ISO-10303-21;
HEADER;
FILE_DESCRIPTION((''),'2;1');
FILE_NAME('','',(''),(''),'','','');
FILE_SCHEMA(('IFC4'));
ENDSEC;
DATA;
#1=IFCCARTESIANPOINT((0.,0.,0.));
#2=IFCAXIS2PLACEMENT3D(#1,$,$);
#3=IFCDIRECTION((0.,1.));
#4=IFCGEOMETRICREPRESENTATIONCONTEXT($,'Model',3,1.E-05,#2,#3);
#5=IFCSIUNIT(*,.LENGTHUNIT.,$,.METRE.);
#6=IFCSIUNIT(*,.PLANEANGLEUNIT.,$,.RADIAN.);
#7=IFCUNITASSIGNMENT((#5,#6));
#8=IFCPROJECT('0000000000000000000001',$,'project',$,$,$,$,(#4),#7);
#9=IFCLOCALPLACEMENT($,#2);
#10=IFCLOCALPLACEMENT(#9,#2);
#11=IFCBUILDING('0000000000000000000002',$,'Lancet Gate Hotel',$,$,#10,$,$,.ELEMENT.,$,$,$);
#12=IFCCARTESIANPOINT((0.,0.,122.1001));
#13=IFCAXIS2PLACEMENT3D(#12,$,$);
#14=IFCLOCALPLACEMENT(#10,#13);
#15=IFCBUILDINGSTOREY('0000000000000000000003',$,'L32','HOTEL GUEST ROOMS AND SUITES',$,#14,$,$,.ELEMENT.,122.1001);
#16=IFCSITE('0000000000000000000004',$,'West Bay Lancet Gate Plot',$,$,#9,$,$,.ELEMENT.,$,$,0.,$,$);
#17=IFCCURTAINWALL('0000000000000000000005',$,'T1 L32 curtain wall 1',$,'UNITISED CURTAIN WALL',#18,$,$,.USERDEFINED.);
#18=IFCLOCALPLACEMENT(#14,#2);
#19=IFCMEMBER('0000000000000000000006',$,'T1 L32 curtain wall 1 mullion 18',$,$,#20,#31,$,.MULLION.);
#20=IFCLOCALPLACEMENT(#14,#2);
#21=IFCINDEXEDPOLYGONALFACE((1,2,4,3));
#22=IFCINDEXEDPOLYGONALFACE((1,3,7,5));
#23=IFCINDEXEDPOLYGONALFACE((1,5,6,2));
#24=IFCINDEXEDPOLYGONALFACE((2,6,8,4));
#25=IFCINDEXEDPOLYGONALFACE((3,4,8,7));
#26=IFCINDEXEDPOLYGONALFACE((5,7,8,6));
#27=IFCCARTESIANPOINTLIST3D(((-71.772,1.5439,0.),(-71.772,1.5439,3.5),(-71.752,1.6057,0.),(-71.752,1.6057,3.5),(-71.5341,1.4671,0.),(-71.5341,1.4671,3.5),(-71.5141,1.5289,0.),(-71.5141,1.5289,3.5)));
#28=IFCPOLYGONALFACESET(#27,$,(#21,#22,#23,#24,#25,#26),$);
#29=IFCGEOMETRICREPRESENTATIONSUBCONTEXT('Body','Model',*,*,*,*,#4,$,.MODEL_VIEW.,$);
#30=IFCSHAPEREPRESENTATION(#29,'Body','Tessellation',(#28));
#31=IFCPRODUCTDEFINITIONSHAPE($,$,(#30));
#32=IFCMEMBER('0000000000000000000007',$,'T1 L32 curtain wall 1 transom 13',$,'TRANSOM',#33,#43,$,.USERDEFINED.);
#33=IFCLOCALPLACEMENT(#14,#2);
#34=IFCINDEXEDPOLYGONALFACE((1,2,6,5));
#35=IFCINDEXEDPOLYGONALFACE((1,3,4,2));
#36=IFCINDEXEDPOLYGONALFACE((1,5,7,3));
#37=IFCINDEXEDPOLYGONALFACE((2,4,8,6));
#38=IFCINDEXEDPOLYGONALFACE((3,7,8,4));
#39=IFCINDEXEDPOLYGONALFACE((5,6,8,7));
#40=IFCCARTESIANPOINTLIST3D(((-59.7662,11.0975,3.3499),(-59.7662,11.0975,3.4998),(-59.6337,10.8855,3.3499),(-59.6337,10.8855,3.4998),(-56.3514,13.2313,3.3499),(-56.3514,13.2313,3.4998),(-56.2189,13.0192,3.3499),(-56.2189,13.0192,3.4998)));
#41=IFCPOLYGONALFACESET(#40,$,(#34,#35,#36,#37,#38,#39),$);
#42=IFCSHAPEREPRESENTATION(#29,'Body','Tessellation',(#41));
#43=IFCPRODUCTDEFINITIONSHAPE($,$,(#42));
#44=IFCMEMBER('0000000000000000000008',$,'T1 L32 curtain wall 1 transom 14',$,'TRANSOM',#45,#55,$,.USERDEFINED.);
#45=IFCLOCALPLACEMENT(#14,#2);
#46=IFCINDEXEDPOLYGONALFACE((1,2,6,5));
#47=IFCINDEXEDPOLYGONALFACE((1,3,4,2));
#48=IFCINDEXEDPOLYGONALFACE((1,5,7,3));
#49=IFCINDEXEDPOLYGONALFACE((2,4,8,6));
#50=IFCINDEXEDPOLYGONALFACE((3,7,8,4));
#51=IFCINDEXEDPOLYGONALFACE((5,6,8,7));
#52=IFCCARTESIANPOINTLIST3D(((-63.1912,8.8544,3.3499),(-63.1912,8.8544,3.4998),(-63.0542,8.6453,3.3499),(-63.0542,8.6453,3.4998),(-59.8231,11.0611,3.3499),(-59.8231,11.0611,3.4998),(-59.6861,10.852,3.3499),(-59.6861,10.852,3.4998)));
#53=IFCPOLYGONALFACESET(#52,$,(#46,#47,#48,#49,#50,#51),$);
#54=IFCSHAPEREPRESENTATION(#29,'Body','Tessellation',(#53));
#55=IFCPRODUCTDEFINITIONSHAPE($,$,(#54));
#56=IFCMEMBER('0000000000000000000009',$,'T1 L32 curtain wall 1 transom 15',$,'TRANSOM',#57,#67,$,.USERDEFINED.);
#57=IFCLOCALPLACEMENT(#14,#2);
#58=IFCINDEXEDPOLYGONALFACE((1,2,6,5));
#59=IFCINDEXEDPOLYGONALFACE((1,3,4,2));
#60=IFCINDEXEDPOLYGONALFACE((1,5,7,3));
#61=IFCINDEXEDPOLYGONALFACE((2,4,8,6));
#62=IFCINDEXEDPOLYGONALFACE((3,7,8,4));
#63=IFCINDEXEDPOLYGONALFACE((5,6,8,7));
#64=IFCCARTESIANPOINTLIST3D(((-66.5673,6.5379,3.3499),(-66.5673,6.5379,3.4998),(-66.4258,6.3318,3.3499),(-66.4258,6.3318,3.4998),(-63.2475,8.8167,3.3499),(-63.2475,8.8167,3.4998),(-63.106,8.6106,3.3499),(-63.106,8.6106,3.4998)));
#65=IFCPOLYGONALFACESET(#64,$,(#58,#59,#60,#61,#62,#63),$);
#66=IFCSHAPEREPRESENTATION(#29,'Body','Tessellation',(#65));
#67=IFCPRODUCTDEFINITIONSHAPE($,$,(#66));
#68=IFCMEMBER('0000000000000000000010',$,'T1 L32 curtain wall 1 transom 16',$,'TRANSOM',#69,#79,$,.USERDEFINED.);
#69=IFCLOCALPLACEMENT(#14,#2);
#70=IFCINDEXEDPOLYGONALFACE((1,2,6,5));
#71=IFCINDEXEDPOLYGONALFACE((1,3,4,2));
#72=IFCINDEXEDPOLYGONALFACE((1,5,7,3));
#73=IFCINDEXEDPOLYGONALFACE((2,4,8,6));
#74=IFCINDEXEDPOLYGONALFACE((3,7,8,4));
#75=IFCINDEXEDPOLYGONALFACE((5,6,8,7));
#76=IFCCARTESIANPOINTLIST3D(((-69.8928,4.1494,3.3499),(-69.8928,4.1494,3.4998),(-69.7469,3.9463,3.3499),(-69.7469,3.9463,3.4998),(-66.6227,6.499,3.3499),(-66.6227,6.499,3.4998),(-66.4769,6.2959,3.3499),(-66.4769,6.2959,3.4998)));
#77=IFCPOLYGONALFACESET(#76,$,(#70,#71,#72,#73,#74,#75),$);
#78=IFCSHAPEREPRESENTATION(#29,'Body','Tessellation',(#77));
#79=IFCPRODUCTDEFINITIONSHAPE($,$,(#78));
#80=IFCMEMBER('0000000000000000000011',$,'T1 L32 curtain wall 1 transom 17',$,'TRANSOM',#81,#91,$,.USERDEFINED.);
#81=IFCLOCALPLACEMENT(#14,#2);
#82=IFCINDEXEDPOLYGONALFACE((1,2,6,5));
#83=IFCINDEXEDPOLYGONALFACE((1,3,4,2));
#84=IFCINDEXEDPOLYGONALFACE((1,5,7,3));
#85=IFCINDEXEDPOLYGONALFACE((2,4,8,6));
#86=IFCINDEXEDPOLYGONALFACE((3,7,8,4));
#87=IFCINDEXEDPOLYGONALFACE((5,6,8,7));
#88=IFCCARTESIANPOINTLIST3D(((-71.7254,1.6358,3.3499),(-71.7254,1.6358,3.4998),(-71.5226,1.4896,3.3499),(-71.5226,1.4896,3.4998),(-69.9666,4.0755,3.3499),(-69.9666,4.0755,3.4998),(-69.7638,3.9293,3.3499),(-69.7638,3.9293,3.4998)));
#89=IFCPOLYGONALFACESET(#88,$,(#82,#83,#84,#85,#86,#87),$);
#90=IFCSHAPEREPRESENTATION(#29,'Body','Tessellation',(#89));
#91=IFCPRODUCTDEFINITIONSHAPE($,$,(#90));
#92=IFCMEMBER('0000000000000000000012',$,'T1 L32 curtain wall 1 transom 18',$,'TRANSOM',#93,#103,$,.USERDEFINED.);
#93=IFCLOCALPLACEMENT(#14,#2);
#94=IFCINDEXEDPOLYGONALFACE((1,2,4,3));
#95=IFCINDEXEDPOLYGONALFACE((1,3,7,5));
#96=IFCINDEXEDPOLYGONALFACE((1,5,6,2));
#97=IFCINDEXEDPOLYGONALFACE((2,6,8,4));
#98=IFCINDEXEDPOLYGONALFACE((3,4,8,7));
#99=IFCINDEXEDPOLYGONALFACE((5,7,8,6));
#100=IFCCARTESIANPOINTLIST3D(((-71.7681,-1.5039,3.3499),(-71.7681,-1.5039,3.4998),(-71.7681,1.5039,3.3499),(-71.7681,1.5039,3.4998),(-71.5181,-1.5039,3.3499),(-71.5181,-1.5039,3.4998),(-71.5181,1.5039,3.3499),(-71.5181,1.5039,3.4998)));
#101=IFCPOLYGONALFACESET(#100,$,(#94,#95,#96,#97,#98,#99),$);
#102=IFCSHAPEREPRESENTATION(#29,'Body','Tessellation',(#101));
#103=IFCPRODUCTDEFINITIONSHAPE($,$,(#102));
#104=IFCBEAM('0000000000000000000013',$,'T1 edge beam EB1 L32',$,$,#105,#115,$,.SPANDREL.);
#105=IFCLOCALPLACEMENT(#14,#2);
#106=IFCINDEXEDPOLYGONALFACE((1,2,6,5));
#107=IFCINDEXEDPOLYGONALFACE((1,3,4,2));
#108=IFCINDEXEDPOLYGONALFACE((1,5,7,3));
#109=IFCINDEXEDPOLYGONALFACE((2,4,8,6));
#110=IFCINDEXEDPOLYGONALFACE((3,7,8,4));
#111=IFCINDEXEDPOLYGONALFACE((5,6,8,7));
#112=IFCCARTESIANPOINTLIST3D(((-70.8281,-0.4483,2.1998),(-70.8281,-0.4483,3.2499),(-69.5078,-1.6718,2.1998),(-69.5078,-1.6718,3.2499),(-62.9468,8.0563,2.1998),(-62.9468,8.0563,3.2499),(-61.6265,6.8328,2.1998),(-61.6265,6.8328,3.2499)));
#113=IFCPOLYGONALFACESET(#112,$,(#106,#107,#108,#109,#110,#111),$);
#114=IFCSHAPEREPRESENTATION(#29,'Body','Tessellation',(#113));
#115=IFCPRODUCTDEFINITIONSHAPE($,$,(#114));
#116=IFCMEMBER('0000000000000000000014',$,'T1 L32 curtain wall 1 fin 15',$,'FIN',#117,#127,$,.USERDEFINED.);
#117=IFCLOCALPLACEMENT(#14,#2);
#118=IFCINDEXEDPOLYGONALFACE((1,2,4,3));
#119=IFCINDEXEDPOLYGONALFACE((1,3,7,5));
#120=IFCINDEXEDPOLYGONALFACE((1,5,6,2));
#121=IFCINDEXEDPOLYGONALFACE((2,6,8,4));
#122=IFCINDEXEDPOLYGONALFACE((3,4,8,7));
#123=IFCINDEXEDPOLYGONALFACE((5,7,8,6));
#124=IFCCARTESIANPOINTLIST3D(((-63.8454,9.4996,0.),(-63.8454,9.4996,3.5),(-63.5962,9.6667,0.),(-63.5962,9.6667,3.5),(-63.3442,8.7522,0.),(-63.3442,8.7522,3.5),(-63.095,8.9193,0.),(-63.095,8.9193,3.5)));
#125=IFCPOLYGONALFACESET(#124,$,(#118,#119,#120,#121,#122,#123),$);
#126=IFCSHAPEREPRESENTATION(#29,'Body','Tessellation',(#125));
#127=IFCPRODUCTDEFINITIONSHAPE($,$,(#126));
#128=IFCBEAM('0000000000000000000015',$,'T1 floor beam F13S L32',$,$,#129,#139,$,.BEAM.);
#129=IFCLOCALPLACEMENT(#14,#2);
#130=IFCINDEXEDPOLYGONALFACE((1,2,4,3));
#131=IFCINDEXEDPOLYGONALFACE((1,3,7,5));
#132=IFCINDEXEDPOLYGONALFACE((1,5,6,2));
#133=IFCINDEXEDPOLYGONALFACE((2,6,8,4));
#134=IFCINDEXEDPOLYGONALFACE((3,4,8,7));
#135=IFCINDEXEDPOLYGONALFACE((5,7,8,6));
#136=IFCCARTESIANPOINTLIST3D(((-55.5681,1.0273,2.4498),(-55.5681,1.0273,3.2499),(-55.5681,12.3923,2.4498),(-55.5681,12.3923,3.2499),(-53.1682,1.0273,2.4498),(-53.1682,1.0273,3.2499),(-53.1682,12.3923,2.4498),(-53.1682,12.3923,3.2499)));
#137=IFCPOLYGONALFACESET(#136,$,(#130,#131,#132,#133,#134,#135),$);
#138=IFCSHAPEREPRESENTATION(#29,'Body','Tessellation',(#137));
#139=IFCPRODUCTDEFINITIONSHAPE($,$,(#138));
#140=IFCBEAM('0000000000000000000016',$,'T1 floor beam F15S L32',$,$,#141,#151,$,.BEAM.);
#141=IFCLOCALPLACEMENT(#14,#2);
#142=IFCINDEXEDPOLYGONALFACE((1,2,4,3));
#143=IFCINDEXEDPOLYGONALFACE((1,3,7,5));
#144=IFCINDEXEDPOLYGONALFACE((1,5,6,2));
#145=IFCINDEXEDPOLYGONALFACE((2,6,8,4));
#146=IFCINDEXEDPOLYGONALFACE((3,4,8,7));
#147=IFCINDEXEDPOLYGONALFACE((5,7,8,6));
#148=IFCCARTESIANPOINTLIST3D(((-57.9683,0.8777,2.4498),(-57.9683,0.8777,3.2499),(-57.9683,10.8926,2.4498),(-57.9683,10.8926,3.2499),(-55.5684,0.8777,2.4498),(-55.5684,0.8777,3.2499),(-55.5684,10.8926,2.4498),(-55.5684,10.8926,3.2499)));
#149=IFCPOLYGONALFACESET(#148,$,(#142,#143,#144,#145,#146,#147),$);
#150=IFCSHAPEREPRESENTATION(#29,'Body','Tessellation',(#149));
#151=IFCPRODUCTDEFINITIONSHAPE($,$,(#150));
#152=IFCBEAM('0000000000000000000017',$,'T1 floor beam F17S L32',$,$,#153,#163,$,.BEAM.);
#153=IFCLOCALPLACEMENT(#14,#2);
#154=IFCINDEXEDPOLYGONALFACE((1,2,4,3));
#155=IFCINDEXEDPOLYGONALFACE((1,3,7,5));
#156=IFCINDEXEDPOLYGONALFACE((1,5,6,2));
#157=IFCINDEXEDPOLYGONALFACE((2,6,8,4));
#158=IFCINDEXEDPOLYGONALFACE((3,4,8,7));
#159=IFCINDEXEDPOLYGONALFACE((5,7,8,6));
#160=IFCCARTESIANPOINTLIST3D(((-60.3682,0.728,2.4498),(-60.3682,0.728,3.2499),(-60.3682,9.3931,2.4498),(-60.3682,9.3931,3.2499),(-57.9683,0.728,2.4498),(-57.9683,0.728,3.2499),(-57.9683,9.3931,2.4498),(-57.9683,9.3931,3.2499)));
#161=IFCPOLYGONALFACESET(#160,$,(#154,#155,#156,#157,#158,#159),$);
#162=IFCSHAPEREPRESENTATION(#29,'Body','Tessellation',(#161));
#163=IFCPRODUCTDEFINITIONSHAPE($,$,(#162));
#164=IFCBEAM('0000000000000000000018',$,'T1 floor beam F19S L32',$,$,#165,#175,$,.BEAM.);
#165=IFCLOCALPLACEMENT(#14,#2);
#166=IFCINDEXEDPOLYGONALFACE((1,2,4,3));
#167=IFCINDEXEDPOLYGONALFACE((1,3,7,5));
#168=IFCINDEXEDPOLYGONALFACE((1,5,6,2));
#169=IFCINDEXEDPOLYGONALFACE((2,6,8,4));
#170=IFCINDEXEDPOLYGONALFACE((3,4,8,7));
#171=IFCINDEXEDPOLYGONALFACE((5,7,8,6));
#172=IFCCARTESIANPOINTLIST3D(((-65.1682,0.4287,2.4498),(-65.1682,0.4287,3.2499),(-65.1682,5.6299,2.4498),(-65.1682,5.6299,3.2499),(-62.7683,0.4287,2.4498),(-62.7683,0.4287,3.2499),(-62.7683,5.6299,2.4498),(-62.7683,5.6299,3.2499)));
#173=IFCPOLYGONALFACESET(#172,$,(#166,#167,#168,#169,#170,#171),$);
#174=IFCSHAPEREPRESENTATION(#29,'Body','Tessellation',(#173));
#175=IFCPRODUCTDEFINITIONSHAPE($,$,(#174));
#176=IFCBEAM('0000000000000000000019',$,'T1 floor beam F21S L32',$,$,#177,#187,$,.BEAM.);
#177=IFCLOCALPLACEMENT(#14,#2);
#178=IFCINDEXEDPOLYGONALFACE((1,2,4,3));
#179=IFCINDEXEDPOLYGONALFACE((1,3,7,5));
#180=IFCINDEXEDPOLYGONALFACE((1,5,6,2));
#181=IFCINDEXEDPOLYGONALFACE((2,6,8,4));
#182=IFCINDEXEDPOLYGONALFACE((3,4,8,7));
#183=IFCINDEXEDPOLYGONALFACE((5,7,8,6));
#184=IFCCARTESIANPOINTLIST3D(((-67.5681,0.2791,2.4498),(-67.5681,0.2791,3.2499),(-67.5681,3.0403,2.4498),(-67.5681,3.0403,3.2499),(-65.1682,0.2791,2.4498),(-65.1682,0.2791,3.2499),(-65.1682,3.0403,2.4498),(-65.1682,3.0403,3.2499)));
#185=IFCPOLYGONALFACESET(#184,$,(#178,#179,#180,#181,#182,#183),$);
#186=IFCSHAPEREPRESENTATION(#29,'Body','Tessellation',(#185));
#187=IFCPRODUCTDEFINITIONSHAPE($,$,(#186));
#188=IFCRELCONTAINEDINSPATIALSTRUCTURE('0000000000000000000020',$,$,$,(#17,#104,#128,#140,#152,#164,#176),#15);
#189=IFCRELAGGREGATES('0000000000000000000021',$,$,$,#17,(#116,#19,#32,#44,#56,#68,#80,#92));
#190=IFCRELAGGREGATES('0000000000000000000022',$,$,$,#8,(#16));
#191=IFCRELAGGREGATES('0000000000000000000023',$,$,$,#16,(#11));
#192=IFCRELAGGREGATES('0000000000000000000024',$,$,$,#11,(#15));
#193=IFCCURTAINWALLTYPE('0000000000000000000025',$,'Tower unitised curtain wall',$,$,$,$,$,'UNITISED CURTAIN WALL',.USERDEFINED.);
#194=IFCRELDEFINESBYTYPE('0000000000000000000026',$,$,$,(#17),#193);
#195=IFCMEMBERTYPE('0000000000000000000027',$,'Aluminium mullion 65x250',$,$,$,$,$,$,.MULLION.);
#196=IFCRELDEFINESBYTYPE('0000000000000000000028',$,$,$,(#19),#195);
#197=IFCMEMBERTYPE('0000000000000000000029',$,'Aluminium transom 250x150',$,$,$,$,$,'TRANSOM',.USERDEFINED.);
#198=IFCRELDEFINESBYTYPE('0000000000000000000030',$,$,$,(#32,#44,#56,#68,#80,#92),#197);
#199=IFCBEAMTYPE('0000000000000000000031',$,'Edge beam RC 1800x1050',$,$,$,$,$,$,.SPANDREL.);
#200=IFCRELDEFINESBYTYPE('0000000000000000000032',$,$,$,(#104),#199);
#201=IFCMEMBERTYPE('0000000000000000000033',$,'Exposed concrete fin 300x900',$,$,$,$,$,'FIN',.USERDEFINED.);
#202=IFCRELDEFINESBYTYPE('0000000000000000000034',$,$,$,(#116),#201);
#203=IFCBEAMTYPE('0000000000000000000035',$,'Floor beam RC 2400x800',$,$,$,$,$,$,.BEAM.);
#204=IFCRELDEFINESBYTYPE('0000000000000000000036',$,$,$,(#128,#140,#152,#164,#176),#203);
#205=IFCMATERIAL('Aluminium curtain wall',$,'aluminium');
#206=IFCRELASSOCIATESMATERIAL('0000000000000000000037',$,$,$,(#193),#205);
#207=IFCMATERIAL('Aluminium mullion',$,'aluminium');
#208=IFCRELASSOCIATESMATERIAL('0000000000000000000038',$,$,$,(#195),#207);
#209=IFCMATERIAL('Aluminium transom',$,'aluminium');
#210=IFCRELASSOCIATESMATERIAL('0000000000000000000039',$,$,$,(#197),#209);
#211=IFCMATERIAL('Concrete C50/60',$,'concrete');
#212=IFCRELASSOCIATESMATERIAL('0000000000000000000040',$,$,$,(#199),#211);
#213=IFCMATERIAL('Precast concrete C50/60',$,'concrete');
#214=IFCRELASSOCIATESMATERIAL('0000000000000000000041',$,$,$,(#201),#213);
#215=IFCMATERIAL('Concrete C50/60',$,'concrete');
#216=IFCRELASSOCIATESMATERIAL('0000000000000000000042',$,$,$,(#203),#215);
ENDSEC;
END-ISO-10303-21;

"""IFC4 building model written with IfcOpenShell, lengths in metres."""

from ifc_helpers import new_model, si_unit, direction, frame, origin, origin_2d, place, context, subcontext, project, spatial, rectangle, extrude, material, material_profile, profile_set, type_object, element, aggregate, save


model = new_model("IFC4")

# Units and contexts
model_context = context("Model", 3, precision=1e-05, world=origin(), true_north=direction((0.0, 1.0)))
body_context = subcontext(model_context, "Body", "Model", "MODEL_VIEW")
ifc_project = project(units=[si_unit("LENGTHUNIT", "METRE"), si_unit("PLANEANGLEUNIT", "RADIAN")], contexts=[model_context])

# Site, building, storey
site_placement = place(None, origin())
site = spatial("IfcSite", under=ifc_project, at=site_placement, Name="West Bay Lancet Gate Plot", CompositionType="ELEMENT", RefElevation=0.0)
building_placement = place(site_placement, origin())
building = spatial("IfcBuilding", under=site, at=building_placement, Name="Lancet Gate Hotel", CompositionType="ELEMENT")
storey_placement = place(building_placement, frame((0.0, 0.0, 122.1001)))
storey = spatial("IfcBuildingStorey", under=building, at=storey_placement, Name="L32", Description="HOTEL GUEST ROOMS AND SUITES", CompositionType="ELEMENT", Elevation=122.1001)

# Curtain wall, members
ifc_material_1 = material(Name="Aluminium curtain wall", Category="aluminium")
curtain_wall_type = type_object("IfcCurtainWallType", Name="Tower unitised curtain wall", ElementType="UNITISED CURTAIN WALL", PredefinedType="USERDEFINED", material=ifc_material_1)
curtain_wall_placement = place(storey_placement, origin())
curtain_wall = element("IfcCurtainWall", 1, at=curtain_wall_placement, inside=storey, type_object=curtain_wall_type, Name="T1 L32 curtain wall 1", ObjectType="UNITISED CURTAIN WALL", PredefinedType="USERDEFINED")
ifc_material_2 = material(Name="Aluminium mullion", Category="aluminium")
ifc_material_profile_1 = material_profile(ifc_material_2, rectangle(XDim=0.0649, YDim=0.25, at=origin_2d()), Name="MULLION 65x250")
ifc_profile_set_1 = profile_set([ifc_material_profile_1], Name="Aluminium mullion")
member_type_1 = type_object("IfcMemberType", Name="Aluminium mullion 65x250", PredefinedType="MULLION", material=ifc_profile_set_1)
member_1_placement = place(storey_placement, frame((-71.6431, 1.5364, 0.0), z_axis=(0.0, 0.0, 1.0), x_axis=(-0.307269, -0.951623, 0.0)))
member_1 = element("IfcMember", 2, at=member_1_placement, type_object=member_type_1, Name="T1 L32 curtain wall 1 mullion 18", PredefinedType="MULLION", context=body_context, shape_type="SweptSolid", body=[
    extrude(rectangle(XDim=0.0649, YDim=0.25, at=origin_2d()), origin(), (0.0, 0.0, 1.0), 3.5),
])
ifc_material_3 = material(Name="Aluminium transom", Category="aluminium")
ifc_material_profile_2 = material_profile(ifc_material_3, rectangle(XDim=0.25, YDim=0.1499, at=origin_2d()), Name="TRANSOM 250x150")
ifc_profile_set_2 = profile_set([ifc_material_profile_2], Name="Aluminium transom")
member_type_2 = type_object("IfcMemberType", Name="Aluminium transom 250x150", ElementType="TRANSOM", PredefinedType="USERDEFINED", material=ifc_profile_set_2)
member_2_placement = place(storey_placement, frame((-56.2852, 13.1252, 3.4248), z_axis=(-0.848049, -0.529917, 0.0), x_axis=(0.529917, -0.848049, 0.0)))
member_2 = element("IfcMember", 3, at=member_2_placement, type_object=member_type_2, Name="T1 L32 curtain wall 1 transom 13", ObjectType="TRANSOM", PredefinedType="USERDEFINED", context=body_context, shape_type="SweptSolid", body=[
    extrude(rectangle(XDim=0.25, YDim=0.1499, at=origin_2d()), origin(), (0.0, 0.0, 1.0), 4.0266),
])
member_3_placement = place(storey_placement, frame((-59.7546, 10.9565, 3.4248), z_axis=(-0.836454, -0.548036, 0.0), x_axis=(0.548036, -0.836454, 0.0)))
member_3 = element("IfcMember", 4, at=member_3_placement, type_object=member_type_2, Name="T1 L32 curtain wall 1 transom 14", ObjectType="TRANSOM", PredefinedType="USERDEFINED", context=body_context, shape_type="SweptSolid", body=[
    extrude(rectangle(XDim=0.25, YDim=0.1499, at=origin_2d()), origin(), (0.0, 0.0, 1.0), 4.0266),
])
member_4_placement = place(storey_placement, frame((-63.1768, 8.7136, 3.4248), z_axis=(-0.824456, -0.565927, 0.0), x_axis=(0.565927, -0.824456, 0.0)))
member_4 = element("IfcMember", 5, at=member_4_placement, type_object=member_type_2, Name="T1 L32 curtain wall 1 transom 15", ObjectType="TRANSOM", PredefinedType="USERDEFINED", context=body_context, shape_type="SweptSolid", body=[
    extrude(rectangle(XDim=0.25, YDim=0.1499, at=origin_2d()), origin(), (0.0, 0.0, 1.0), 4.0266),
])
member_5_placement = place(storey_placement, frame((-66.5498, 6.3975, 3.4248), z_axis=(-0.8121, -0.583519, 0.0), x_axis=(0.583519, -0.8121, 0.0)))
member_5 = element("IfcMember", 6, at=member_5_placement, type_object=member_type_2, Name="T1 L32 curtain wall 1 transom 16", ObjectType="TRANSOM", PredefinedType="USERDEFINED", context=body_context, shape_type="SweptSolid", body=[
    extrude(rectangle(XDim=0.25, YDim=0.1499, at=origin_2d()), origin(), (0.0, 0.0, 1.0), 4.0266),
])
member_6_placement = place(storey_placement, frame((-69.8652, 4.0024, 3.4248), z_axis=(-0.584788, -0.811186, 0.0), x_axis=(0.811186, -0.584788, 0.0)))
member_6 = element("IfcMember", 7, at=member_6_placement, type_object=member_type_2, Name="T1 L32 curtain wall 1 transom 17", ObjectType="TRANSOM", PredefinedType="USERDEFINED", context=body_context, shape_type="SweptSolid", body=[
    extrude(rectangle(XDim=0.25, YDim=0.1499, at=origin_2d()), origin(), (0.0, 0.0, 1.0), 3.0076),
])
member_7_placement = place(storey_placement, frame((-71.6431, 1.5039, 3.4248), z_axis=(0.0, -1.0, 0.0), x_axis=(1.0, 0.0, 0.0)))
member_7 = element("IfcMember", 8, at=member_7_placement, type_object=member_type_2, Name="T1 L32 curtain wall 1 transom 18", ObjectType="TRANSOM", PredefinedType="USERDEFINED", context=body_context, shape_type="SweptSolid", body=[
    extrude(rectangle(XDim=0.25, YDim=0.1499, at=origin_2d()), origin(), (0.0, 0.0, 1.0), 3.0078),
])

# Beam
ifc_material_4 = material(Name="Concrete C50/60", Category="concrete")
ifc_material_profile_3 = material_profile(ifc_material_4, rectangle(XDim=1.8, YDim=1.05, at=origin_2d()), Name="RC 1800x1050")
ifc_profile_set_3 = profile_set([ifc_material_profile_3], Name="Concrete C50/60")
beam_type_1 = type_object("IfcBeamType", Name="Edge beam RC 1800x1050", PredefinedType="SPANDREL", material=ifc_profile_set_3)
beam_1_placement = place(storey_placement, frame((-62.2866, 7.4446, 2.7249), z_axis=(-0.679718, -0.733473, 0.0), x_axis=(0.733473, -0.679718, 0.0)))
element("IfcBeam", 9, at=beam_1_placement, inside=storey, type_object=beam_type_1, Name="T1 edge beam EB1 L32", PredefinedType="SPANDREL", context=body_context, shape_type="SweptSolid", body=[
    extrude(rectangle(XDim=1.8, YDim=1.05, at=origin_2d()), origin(), (0.0, 0.0, 1.0), 11.595),
])

# Member
ifc_material_5 = material(Name="Precast concrete C50/60", Category="concrete")
ifc_material_profile_4 = material_profile(ifc_material_5, rectangle(XDim=0.3, YDim=0.8999, at=origin_2d()), Name="FIN 300x900")
ifc_profile_set_4 = profile_set([ifc_material_profile_4], Name="Precast concrete C50/60")
member_type_3 = type_object("IfcMemberType", Name="Exposed concrete fin 300x900", ElementType="FIN", PredefinedType="USERDEFINED", material=ifc_profile_set_4)
member_8_placement = place(storey_placement, frame((-63.4702, 9.2095, 0.0), z_axis=(0.0, 0.0, 1.0), x_axis=(-0.83051, -0.557004, 0.0)))
member_8 = element("IfcMember", 10, at=member_8_placement, type_object=member_type_3, Name="T1 L32 curtain wall 1 fin 15", ObjectType="FIN", PredefinedType="USERDEFINED", context=body_context, shape_type="SweptSolid", body=[
    extrude(rectangle(XDim=0.3, YDim=0.8999, at=origin_2d()), origin(), (0.0, 0.0, 1.0), 3.5),
])

# Beams
ifc_material_6 = material(Name="Concrete C50/60", Category="concrete")
ifc_material_profile_5 = material_profile(ifc_material_6, rectangle(XDim=2.3999, YDim=0.8, at=origin_2d()), Name="RC 2400x800")
ifc_profile_set_5 = profile_set([ifc_material_profile_5], Name="Concrete C50/60")
beam_type_2 = type_object("IfcBeamType", Name="Floor beam RC 2400x800", PredefinedType="BEAM", material=ifc_profile_set_5)
beam_2_placement = place(storey_placement, frame((-54.3682, 12.3923, 2.8499), z_axis=(0.0, -1.0, 0.0), x_axis=(1.0, 0.0, 0.0)))
element("IfcBeam", 11, at=beam_2_placement, inside=storey, type_object=beam_type_2, Name="T1 floor beam F13S L32", PredefinedType="BEAM", context=body_context, shape_type="SweptSolid", body=[
    extrude(rectangle(XDim=2.3999, YDim=0.8, at=origin_2d()), origin(), (0.0, 0.0, 1.0), 11.365),
])
beam_3_placement = place(storey_placement, frame((-56.7683, 10.8926, 2.8499), z_axis=(0.0, -1.0, 0.0), x_axis=(1.0, 0.0, 0.0)))
element("IfcBeam", 12, at=beam_3_placement, inside=storey, type_object=beam_type_2, Name="T1 floor beam F15S L32", PredefinedType="BEAM", context=body_context, shape_type="SweptSolid", body=[
    extrude(rectangle(XDim=2.3999, YDim=0.8, at=origin_2d()), origin(), (0.0, 0.0, 1.0), 10.0149),
])
beam_4_placement = place(storey_placement, frame((-59.1682, 9.3931, 2.8499), z_axis=(0.0, -1.0, 0.0), x_axis=(1.0, 0.0, 0.0)))
element("IfcBeam", 13, at=beam_4_placement, inside=storey, type_object=beam_type_2, Name="T1 floor beam F17S L32", PredefinedType="BEAM", context=body_context, shape_type="SweptSolid", body=[
    extrude(rectangle(XDim=2.3999, YDim=0.8, at=origin_2d()), origin(), (0.0, 0.0, 1.0), 8.665),
])
beam_5_placement = place(storey_placement, frame((-63.9683, 5.6299, 2.8499), z_axis=(0.0, -1.0, 0.0), x_axis=(1.0, 0.0, 0.0)))
element("IfcBeam", 14, at=beam_5_placement, inside=storey, type_object=beam_type_2, Name="T1 floor beam F19S L32", PredefinedType="BEAM", context=body_context, shape_type="SweptSolid", body=[
    extrude(rectangle(XDim=2.3999, YDim=0.8, at=origin_2d()), origin(), (0.0, 0.0, 1.0), 5.2012),
])
beam_6_placement = place(storey_placement, frame((-66.3682, 3.0403, 2.8499), z_axis=(0.0, -1.0, 0.0), x_axis=(1.0, 0.0, 0.0)))
element("IfcBeam", 15, at=beam_6_placement, inside=storey, type_object=beam_type_2, Name="T1 floor beam F21S L32", PredefinedType="BEAM", context=body_context, shape_type="SweptSolid", body=[
    extrude(rectangle(XDim=2.3999, YDim=0.8, at=origin_2d()), origin(), (0.0, 0.0, 1.0), 2.7612),
])

aggregate(curtain_wall, [member_8, member_1, member_2, member_3, member_4, member_5, member_6, member_7])

save(model, "model.ifc")
